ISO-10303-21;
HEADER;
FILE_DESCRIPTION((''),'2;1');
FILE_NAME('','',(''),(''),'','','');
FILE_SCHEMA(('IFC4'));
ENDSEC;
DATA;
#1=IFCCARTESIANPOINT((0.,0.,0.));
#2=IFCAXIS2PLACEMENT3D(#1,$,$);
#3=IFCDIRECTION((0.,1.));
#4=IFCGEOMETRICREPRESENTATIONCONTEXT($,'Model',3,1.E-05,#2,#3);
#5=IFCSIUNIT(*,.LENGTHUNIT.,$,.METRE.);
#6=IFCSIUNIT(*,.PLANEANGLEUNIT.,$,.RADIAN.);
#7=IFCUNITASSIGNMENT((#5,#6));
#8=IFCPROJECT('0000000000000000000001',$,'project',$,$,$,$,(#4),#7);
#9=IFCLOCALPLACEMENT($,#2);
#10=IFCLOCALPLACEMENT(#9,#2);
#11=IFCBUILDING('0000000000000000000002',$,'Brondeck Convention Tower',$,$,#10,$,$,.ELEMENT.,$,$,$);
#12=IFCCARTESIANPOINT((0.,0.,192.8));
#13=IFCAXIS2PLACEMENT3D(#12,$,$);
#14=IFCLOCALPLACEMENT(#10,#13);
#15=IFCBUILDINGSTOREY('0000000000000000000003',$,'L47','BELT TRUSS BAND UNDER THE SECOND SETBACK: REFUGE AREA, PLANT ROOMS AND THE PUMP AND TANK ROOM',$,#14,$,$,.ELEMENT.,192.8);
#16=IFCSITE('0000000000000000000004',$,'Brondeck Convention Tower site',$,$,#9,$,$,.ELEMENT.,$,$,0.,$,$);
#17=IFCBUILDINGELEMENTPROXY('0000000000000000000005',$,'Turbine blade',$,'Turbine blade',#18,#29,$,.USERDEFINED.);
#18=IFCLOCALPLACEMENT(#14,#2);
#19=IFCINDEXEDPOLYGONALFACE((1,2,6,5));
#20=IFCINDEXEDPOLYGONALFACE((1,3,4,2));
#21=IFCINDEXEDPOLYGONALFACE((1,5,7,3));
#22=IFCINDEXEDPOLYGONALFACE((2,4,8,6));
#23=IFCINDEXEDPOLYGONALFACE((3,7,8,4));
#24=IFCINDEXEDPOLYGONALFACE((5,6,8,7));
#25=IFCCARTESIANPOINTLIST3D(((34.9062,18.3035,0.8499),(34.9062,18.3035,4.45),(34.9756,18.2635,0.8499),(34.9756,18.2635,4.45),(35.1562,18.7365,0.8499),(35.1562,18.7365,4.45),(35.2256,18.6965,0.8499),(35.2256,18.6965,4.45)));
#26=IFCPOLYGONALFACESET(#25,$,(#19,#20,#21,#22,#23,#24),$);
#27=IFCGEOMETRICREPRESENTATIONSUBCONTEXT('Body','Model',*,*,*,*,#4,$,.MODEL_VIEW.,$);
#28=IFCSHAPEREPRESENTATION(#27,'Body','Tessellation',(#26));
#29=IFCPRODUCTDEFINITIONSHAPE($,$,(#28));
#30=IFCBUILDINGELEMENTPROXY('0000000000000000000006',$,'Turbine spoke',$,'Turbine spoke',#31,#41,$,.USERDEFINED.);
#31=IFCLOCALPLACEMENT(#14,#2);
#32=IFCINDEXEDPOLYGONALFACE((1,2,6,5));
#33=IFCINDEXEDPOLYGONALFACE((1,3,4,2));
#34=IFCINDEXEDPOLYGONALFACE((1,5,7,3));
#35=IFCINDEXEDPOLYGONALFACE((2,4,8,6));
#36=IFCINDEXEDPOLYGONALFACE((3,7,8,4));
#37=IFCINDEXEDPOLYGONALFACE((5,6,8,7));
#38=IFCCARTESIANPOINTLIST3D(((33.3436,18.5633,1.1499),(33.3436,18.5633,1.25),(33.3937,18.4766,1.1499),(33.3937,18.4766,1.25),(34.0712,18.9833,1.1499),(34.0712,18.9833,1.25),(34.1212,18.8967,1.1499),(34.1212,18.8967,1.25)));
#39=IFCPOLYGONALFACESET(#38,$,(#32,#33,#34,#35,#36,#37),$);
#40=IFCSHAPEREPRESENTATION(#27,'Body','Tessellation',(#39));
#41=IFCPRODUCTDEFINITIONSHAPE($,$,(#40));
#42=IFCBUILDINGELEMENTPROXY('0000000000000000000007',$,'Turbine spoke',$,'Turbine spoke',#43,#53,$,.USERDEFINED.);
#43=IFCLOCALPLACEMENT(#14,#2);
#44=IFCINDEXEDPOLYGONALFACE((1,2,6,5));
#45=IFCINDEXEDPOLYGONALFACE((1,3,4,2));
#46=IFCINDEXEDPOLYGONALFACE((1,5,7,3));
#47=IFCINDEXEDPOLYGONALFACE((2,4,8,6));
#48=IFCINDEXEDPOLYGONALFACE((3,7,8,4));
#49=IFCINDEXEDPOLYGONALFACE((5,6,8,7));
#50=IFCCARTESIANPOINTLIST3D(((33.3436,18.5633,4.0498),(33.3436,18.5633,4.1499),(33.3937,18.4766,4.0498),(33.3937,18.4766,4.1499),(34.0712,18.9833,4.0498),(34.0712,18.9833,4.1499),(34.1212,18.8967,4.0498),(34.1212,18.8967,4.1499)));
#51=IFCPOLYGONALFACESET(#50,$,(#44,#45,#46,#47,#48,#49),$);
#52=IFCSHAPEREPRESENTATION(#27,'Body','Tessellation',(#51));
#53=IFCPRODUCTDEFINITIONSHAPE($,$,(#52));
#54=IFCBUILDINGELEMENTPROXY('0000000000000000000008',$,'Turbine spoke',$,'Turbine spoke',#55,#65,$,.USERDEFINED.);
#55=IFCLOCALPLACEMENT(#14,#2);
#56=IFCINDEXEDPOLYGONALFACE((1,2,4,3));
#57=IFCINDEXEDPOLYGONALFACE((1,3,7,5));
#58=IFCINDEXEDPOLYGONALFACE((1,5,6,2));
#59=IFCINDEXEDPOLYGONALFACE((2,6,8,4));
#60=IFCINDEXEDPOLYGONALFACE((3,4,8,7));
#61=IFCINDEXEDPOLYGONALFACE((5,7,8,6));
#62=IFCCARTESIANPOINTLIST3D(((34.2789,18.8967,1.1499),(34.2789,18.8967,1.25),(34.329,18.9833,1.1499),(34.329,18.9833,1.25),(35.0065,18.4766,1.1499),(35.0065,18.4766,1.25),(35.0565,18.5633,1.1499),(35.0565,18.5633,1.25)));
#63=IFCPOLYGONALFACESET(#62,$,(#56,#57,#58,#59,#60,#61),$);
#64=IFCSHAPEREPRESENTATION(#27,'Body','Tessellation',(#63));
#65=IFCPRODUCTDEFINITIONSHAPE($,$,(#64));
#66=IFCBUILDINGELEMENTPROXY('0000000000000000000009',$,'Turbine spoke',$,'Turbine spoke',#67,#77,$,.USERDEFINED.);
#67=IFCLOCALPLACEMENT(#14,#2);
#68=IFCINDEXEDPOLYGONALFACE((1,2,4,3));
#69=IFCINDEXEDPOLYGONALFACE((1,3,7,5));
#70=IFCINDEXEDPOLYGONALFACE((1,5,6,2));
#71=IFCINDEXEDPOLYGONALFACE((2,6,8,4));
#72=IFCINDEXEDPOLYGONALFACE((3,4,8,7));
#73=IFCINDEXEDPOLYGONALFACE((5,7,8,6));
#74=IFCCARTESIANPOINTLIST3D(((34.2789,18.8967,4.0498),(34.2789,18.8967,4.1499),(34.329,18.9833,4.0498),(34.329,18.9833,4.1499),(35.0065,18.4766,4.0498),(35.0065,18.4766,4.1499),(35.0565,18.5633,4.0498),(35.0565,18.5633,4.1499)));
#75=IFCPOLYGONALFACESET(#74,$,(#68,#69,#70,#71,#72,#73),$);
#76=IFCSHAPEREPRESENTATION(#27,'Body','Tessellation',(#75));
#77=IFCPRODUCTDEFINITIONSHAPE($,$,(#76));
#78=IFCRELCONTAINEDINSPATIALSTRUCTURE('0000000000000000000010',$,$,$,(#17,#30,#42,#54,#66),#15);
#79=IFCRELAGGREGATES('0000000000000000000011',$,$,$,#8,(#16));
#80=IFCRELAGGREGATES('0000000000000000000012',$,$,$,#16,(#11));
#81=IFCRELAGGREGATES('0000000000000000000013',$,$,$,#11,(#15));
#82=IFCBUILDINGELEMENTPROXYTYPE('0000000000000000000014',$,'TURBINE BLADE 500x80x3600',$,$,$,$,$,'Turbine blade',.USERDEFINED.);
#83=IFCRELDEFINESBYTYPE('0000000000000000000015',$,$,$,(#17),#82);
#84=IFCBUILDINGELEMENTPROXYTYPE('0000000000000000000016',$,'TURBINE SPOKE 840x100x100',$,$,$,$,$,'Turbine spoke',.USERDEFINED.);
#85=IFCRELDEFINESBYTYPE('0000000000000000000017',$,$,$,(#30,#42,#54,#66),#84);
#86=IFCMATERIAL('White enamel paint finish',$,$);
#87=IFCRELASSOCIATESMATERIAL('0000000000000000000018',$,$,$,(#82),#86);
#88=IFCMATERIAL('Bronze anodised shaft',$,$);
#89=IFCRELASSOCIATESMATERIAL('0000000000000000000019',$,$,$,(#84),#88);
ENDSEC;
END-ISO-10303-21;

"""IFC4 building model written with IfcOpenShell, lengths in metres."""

from ifc_helpers import new_model, si_unit, direction, frame, origin, origin_2d, place, context, subcontext, project, spatial, rectangle, extrude, material, type_object, element, save


model = new_model("IFC4")

# Units and contexts
model_context = context("Model", 3, precision=1e-05, world=origin(), true_north=direction((0.0, 1.0)))
body_context = subcontext(model_context, "Body", "Model", "MODEL_VIEW")
ifc_project = project(units=[si_unit("LENGTHUNIT", "METRE"), si_unit("PLANEANGLEUNIT", "RADIAN")], contexts=[model_context])

# Site, building, storey
site_placement = place(None, origin())
site = spatial("IfcSite", under=ifc_project, at=site_placement, Name="Brondeck Convention Tower site", CompositionType="ELEMENT", RefElevation=0.0)
building_placement = place(site_placement, origin())
building = spatial("IfcBuilding", under=site, at=building_placement, Name="Brondeck Convention Tower", CompositionType="ELEMENT")
storey_placement = place(building_placement, frame((0.0, 0.0, 192.8)))
storey = spatial("IfcBuildingStorey", under=building, at=storey_placement, Name="L47", Description="BELT TRUSS BAND UNDER THE SECOND SETBACK: REFUGE AREA, PLANT ROOMS AND THE PUMP AND TANK ROOM", CompositionType="ELEMENT", Elevation=192.8)

# Building element proxies
ifc_material_1 = material(Name="White enamel paint finish")
building_element_proxy_type_1 = type_object("IfcBuildingElementProxyType", Name="TURBINE BLADE 500x80x3600", ElementType="Turbine blade", PredefinedType="USERDEFINED", material=ifc_material_1)
for number, where, z_axis, x_axis, name in (
    (1, (35.0659, 18.5, 0.8499), (0.0, 0.0, 1.0), (0.5, 0.866025, 0.0), "Turbine blade"),
):
    element("IfcBuildingElementProxy", number, at=place(storey_placement, frame(where, z_axis=z_axis, x_axis=x_axis)), inside=storey, type_object=building_element_proxy_type_1, Name=name, ObjectType="Turbine blade", PredefinedType="USERDEFINED", context=body_context, shape_type="SweptSolid", body=[
        extrude(rectangle(XDim=0.5, YDim=0.0801, at=origin_2d()), origin(), (0.0, 0.0, 1.0), 3.6001),
    ])
ifc_material_2 = material(Name="Bronze anodised shaft")
building_element_proxy_type_2 = type_object("IfcBuildingElementProxyType", Name="TURBINE SPOKE 840x100x100", ElementType="Turbine spoke", PredefinedType="USERDEFINED", material=ifc_material_2)
for number, where, z_axis, x_axis, name in (
    (2, (33.7324, 18.73, 1.1499), (0.0, 0.0, 1.0), (-0.866025, -0.5, 0.0), "Turbine spoke"),
    (3, (33.7324, 18.73, 4.0498), (0.0, 0.0, 1.0), (-0.866025, -0.5, 0.0), "Turbine spoke"),
    (4, (34.6677, 18.73, 1.1499), (0.0, 0.0, 1.0), (0.866025, -0.5, 0.0), "Turbine spoke"),
    (5, (34.6677, 18.73, 4.0498), (0.0, 0.0, 1.0), (0.866025, -0.5, 0.0), "Turbine spoke"),
):
    element("IfcBuildingElementProxy", number, at=place(storey_placement, frame(where, z_axis=z_axis, x_axis=x_axis)), inside=storey, type_object=building_element_proxy_type_2, Name=name, ObjectType="Turbine spoke", PredefinedType="USERDEFINED", context=body_context, shape_type="SweptSolid", body=[
        extrude(rectangle(XDim=0.8401, YDim=0.1001, at=origin_2d()), origin(), (0.0, 0.0, 1.0), 0.1001),
    ])

save(model, "model.ifc")
